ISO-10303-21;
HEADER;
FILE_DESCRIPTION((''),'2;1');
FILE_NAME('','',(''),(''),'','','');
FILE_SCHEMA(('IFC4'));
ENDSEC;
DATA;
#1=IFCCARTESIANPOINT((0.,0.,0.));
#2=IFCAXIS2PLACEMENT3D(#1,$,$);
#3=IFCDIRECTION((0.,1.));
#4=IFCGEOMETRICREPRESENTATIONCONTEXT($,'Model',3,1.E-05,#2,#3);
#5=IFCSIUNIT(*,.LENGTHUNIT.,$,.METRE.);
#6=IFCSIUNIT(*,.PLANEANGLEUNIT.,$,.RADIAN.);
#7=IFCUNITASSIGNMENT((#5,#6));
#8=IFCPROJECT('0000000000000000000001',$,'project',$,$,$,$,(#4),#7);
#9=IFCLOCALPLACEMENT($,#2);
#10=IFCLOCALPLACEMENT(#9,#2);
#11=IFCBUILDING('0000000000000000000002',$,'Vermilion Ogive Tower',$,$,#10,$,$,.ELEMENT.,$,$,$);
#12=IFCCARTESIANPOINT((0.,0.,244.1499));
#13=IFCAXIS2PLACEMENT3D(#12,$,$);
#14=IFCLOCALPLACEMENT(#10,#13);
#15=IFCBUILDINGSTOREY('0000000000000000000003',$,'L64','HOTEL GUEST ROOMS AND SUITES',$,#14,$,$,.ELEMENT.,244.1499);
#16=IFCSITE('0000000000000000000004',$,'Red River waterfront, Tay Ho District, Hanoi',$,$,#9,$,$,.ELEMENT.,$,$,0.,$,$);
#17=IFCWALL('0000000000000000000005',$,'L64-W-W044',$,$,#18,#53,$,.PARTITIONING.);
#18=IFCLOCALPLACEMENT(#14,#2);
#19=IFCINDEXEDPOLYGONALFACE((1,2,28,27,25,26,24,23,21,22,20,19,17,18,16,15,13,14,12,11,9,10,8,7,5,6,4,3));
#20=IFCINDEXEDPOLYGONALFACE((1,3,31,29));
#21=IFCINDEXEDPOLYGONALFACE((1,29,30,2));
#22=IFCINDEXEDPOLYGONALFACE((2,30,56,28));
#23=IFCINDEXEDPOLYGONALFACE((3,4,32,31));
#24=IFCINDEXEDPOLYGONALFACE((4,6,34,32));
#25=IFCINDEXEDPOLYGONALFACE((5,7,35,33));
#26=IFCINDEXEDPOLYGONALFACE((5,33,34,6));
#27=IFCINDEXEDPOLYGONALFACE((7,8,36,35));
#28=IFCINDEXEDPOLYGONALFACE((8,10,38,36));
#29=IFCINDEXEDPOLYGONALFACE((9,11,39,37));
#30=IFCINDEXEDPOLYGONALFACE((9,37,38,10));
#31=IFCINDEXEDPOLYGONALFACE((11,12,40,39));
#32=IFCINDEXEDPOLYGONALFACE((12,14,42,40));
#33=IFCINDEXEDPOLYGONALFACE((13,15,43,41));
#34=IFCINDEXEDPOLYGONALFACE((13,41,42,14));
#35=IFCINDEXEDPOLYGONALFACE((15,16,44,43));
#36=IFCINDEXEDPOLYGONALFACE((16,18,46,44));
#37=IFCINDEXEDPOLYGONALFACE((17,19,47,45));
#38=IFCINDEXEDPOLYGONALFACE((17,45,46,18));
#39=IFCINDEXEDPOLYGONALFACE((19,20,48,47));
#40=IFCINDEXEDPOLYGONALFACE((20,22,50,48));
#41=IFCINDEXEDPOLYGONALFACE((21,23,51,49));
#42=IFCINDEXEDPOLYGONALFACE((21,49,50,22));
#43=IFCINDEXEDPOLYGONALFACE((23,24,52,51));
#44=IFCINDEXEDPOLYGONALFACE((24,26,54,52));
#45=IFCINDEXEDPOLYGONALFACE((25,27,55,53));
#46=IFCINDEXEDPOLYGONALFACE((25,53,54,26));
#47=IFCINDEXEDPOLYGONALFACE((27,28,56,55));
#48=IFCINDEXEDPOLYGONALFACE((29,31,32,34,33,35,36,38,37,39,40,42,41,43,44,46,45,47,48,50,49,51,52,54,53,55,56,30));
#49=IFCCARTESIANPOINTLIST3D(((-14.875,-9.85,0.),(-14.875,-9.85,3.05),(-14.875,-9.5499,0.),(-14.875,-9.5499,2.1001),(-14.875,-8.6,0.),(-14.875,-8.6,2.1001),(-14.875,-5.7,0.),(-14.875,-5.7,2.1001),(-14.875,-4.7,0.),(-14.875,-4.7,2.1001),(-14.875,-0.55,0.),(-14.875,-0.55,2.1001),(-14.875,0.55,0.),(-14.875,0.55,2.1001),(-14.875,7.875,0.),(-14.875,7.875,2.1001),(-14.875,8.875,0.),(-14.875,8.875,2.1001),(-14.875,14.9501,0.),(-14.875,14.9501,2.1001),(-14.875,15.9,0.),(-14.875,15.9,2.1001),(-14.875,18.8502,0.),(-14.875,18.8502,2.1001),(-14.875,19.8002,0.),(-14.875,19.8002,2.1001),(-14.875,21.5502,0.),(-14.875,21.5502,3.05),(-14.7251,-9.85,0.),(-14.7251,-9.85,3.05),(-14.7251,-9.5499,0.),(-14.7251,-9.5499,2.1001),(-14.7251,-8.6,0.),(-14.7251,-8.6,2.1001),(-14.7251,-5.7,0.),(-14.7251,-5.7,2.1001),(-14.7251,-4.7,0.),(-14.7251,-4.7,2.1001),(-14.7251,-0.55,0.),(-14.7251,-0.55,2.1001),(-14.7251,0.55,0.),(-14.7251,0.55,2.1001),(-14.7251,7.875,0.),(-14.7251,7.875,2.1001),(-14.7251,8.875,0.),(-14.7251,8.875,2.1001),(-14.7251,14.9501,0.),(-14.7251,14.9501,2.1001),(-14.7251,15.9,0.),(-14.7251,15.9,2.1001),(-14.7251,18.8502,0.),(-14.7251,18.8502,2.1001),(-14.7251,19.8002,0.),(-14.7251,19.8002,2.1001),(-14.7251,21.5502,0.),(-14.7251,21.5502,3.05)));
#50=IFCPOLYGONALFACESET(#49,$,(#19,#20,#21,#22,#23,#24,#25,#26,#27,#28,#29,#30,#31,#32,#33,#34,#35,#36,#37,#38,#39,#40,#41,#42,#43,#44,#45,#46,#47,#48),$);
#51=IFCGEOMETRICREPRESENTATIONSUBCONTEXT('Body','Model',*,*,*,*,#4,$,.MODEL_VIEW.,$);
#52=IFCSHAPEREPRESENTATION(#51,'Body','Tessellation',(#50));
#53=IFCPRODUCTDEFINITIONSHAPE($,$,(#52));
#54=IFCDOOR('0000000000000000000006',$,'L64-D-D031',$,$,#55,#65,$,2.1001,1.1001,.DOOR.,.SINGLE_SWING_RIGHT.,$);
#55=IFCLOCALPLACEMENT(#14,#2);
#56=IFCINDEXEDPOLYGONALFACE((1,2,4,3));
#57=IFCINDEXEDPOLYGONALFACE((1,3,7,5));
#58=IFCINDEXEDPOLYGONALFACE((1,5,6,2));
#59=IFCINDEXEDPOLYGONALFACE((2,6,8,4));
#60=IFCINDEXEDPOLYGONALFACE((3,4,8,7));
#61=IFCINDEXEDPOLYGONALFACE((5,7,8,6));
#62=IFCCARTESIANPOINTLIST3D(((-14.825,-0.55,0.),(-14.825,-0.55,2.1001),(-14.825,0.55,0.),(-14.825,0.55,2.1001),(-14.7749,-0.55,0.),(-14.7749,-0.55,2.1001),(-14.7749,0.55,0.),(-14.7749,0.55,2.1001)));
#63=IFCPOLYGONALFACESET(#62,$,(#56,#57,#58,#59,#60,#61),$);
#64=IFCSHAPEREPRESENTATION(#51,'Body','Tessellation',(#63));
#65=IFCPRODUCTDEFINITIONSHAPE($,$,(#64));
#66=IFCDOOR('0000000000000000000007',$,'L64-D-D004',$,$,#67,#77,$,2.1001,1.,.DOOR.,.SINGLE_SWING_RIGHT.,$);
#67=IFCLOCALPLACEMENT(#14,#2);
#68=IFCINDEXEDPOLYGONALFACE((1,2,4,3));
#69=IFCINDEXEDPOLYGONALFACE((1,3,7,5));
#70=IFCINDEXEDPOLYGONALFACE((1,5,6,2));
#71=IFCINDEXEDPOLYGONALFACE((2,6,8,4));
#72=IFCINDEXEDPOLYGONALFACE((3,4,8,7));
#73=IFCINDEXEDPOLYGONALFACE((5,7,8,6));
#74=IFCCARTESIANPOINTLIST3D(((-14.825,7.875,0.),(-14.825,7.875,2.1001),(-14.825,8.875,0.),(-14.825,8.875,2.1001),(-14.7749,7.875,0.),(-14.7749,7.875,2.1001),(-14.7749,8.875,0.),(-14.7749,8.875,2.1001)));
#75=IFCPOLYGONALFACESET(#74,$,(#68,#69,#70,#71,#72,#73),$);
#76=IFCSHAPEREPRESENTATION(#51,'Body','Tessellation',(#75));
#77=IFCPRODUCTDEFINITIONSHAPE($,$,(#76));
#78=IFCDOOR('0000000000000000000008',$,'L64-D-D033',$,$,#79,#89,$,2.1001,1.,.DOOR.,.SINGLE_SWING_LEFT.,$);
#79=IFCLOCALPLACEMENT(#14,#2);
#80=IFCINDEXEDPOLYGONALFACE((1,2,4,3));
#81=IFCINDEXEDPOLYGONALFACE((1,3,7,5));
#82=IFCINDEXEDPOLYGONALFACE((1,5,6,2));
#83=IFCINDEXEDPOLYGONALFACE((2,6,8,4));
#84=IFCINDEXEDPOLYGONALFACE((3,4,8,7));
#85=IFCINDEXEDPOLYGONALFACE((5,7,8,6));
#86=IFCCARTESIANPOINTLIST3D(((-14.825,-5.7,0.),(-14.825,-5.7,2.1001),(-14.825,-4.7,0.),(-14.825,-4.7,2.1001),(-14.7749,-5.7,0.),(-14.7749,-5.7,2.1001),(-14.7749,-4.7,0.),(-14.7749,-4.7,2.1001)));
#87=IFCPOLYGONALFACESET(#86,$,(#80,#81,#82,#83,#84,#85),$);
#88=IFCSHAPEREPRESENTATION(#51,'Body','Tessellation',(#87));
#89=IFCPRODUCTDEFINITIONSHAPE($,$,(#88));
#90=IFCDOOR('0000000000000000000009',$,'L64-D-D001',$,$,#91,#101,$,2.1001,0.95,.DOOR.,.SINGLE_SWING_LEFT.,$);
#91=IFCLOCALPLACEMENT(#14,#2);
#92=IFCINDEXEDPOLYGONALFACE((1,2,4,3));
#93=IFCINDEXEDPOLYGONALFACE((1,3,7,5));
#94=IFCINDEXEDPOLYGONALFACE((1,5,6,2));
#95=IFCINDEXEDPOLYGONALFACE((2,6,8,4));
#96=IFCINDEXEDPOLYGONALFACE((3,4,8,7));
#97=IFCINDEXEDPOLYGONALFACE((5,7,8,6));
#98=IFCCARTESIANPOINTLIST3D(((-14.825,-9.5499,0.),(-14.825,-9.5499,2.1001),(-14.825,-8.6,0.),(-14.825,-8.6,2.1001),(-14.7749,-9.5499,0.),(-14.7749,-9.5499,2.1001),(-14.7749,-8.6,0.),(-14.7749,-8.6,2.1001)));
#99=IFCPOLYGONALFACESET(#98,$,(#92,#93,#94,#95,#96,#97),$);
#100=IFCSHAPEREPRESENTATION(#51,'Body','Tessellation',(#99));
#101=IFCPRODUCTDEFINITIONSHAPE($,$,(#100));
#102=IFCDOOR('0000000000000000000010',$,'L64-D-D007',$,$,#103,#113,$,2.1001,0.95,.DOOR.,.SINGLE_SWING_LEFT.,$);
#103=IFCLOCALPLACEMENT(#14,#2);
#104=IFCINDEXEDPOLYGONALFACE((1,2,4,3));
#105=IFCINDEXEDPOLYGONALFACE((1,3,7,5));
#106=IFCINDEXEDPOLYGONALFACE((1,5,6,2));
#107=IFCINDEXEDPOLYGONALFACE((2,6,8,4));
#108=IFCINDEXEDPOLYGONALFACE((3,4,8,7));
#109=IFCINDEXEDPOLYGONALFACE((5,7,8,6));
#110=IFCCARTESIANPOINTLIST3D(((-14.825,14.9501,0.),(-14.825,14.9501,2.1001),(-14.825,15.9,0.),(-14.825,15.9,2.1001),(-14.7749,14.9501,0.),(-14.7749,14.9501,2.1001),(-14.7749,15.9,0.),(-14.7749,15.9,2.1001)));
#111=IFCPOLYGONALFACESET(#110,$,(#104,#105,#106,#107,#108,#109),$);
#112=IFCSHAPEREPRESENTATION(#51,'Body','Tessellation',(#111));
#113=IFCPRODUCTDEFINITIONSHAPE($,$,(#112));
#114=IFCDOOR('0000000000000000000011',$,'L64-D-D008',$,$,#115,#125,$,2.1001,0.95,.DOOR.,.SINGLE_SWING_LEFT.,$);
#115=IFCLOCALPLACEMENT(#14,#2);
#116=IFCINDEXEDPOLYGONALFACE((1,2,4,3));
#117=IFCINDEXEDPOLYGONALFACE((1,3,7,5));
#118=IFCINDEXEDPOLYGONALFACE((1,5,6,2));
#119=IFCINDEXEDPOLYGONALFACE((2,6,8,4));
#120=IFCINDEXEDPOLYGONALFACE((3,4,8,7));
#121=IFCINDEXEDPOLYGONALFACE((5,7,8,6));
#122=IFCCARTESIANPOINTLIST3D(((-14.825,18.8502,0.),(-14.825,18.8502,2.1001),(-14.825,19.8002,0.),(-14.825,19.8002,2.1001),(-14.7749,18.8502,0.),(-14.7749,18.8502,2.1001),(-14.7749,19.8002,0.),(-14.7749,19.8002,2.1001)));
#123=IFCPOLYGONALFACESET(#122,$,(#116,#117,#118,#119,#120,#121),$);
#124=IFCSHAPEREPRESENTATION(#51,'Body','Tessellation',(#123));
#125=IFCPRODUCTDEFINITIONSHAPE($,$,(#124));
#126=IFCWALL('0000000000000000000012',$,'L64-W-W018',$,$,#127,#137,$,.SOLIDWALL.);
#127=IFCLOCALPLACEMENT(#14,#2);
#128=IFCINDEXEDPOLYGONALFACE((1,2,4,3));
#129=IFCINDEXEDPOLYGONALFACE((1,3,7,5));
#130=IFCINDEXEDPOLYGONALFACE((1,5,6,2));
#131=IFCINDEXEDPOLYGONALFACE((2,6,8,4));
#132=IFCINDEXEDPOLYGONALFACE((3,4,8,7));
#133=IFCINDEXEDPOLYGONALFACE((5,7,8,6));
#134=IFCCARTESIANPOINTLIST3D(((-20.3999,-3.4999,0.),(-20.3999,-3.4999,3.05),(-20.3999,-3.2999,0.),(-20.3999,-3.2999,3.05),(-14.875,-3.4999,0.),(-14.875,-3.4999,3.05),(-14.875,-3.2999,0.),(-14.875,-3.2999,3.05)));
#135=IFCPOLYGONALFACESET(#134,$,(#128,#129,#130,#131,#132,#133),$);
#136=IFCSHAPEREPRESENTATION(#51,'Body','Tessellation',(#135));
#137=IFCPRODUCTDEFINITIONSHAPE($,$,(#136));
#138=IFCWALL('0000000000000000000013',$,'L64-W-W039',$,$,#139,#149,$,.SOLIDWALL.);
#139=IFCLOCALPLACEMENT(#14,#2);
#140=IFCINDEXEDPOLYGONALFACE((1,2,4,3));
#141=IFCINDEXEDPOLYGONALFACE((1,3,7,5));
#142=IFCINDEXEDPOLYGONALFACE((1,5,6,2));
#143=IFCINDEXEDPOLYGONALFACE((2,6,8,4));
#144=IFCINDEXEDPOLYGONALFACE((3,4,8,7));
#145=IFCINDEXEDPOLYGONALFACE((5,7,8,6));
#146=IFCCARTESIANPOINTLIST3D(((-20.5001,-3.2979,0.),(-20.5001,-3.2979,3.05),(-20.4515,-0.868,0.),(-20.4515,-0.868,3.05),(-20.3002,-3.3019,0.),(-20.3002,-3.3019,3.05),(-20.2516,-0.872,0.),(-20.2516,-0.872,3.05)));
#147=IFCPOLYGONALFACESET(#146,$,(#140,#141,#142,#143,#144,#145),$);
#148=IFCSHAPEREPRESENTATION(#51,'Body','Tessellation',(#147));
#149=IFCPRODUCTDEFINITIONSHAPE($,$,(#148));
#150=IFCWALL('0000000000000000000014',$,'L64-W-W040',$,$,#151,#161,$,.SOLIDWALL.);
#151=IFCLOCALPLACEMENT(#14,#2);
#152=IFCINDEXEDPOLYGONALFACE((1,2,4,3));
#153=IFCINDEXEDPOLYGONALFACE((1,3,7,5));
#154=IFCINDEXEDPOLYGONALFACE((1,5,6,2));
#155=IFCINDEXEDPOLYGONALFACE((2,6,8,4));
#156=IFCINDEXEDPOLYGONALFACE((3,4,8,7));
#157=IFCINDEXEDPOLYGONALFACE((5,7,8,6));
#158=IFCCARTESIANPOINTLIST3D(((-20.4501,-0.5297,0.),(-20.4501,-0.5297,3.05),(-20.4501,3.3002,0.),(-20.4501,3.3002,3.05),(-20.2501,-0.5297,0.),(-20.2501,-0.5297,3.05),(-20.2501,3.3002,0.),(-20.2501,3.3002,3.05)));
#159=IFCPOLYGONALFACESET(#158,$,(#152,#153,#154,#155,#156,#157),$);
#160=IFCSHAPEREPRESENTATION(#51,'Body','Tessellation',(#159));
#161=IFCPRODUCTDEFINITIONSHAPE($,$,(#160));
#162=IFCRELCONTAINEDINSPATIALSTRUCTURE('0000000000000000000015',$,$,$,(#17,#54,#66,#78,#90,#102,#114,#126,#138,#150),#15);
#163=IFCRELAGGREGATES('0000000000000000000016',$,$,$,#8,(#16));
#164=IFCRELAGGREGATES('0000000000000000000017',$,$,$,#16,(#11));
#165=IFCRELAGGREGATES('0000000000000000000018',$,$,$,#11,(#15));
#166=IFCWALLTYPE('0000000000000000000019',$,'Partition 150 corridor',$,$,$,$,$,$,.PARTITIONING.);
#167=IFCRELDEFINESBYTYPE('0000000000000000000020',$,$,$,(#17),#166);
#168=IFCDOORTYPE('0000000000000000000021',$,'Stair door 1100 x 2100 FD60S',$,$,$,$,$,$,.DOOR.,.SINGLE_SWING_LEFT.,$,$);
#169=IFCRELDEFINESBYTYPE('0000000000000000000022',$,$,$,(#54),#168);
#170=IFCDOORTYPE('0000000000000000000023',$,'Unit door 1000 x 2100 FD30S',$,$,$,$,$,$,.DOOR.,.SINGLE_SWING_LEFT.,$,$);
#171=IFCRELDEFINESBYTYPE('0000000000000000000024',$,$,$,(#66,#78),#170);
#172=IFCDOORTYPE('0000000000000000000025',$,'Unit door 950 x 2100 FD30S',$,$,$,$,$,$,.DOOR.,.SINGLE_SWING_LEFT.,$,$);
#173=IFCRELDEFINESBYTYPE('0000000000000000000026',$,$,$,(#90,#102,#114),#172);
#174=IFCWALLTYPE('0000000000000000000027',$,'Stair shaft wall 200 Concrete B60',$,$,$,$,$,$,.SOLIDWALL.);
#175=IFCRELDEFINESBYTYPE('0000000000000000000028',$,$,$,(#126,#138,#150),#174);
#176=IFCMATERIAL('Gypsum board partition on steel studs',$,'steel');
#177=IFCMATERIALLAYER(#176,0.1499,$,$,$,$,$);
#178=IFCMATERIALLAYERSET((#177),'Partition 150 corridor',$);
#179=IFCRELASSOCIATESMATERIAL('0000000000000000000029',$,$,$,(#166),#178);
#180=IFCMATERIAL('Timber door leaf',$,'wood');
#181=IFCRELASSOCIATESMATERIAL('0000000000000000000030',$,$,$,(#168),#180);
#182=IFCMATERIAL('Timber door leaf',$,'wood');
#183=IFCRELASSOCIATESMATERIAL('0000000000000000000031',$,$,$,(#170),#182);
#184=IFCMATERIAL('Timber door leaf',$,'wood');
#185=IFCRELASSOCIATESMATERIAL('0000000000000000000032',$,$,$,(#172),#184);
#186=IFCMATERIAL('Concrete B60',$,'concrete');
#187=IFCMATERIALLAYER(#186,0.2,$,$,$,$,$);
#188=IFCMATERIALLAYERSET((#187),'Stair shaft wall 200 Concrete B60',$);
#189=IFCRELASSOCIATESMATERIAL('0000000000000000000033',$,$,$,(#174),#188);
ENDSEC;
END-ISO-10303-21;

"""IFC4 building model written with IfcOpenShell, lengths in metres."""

from ifc_helpers import new_model, si_unit, direction, frame, frame_2d, origin, place, context, subcontext, project, spatial, rectangle, extrude, material, layer, layer_set, type_object, element, fill, save


model = new_model("IFC4")

# Units and contexts
model_context = context("Model", 3, precision=1e-05, world=origin(), true_north=direction((0.0, 1.0)))
body_context = subcontext(model_context, "Body", "Model", "MODEL_VIEW")
ifc_project = project(units=[si_unit("LENGTHUNIT", "METRE"), si_unit("PLANEANGLEUNIT", "RADIAN")], contexts=[model_context])

# Site, building, storey
site_placement = place(None, origin())
site = spatial("IfcSite", under=ifc_project, at=site_placement, Name="Red River waterfront, Tay Ho District, Hanoi", CompositionType="ELEMENT", RefElevation=0.0)
building_placement = place(site_placement, origin())
building = spatial("IfcBuilding", under=site, at=building_placement, Name="Vermilion Ogive Tower", CompositionType="ELEMENT")
storey_placement = place(building_placement, frame((0.0, 0.0, 244.1499)))
storey = spatial("IfcBuildingStorey", under=building, at=storey_placement, Name="L64", Description="HOTEL GUEST ROOMS AND SUITES", CompositionType="ELEMENT", Elevation=244.1499)

# Wall, openings, doors
ifc_material_1 = material(Name="Gypsum board partition on steel studs", Category="steel")
ifc_layer_1 = layer(ifc_material_1, 0.1499)
ifc_layer_set_1 = layer_set([ifc_layer_1], Name="Partition 150 corridor")
wall_type_1 = type_object("IfcWallType", Name="Partition 150 corridor", PredefinedType="PARTITIONING", material=ifc_layer_set_1)
wall_1_placement = place(storey_placement, frame((-14.8, -9.8501, 0.0), z_axis=(0.0, 0.0, 1.0), x_axis=(0.0, 1.0, 0.0)))
wall_1 = element("IfcWall", 1, at=wall_1_placement, inside=storey, type_object=wall_type_1, Name="L64-W-W044", PredefinedType="PARTITIONING", context=body_context, shape_type="SweptSolid", body=[
    extrude(rectangle(XDim=31.4001, YDim=0.1499, at=frame_2d((15.7002, 0.0))), origin(), (0.0, 0.0, 1.0), 3.05),
])
opening_1_placement = place(wall_1_placement, frame((0.3, 0.0, 0.0)))
opening_1 = element("IfcOpeningElement", 2, at=opening_1_placement, cuts=wall_1, PredefinedType="OPENING", context=body_context, shape_type="SweptSolid", body=[
    extrude(rectangle(XDim=0.95, YDim=2.1001, at=frame_2d((0.4751, 1.05))), frame((0.0, 0.085, 0.0), z_axis=(0.0, -1.0, 0.0), x_axis=(1.0, 0.0, 0.0)), (0.0, 0.0, 1.0), 0.1699),
])
opening_2_placement = place(wall_1_placement, frame((17.7251, 0.0, 0.0)))
opening_2 = element("IfcOpeningElement", 3, at=opening_2_placement, cuts=wall_1, PredefinedType="OPENING", context=body_context, shape_type="SweptSolid", body=[
    extrude(rectangle(XDim=1.0, YDim=2.1001, at=frame_2d((0.5, 1.05))), frame((0.0, 0.085, 0.0), z_axis=(0.0, -1.0, 0.0), x_axis=(1.0, 0.0, 0.0)), (0.0, 0.0, 1.0), 0.1699),
])
opening_3_placement = place(wall_1_placement, frame((24.8, 0.0, 0.0)))
opening_3 = element("IfcOpeningElement", 4, at=opening_3_placement, cuts=wall_1, PredefinedType="OPENING", context=body_context, shape_type="SweptSolid", body=[
    extrude(rectangle(XDim=0.95, YDim=2.1001, at=frame_2d((0.4751, 1.05))), frame((0.0, 0.085, 0.0), z_axis=(0.0, -1.0, 0.0), x_axis=(1.0, 0.0, 0.0)), (0.0, 0.0, 1.0), 0.1699),
])
opening_4_placement = place(wall_1_placement, frame((28.7002, 0.0, 0.0)))
opening_4 = element("IfcOpeningElement", 5, at=opening_4_placement, cuts=wall_1, PredefinedType="OPENING", context=body_context, shape_type="SweptSolid", body=[
    extrude(rectangle(XDim=0.95, YDim=2.1001, at=frame_2d((0.4751, 1.05))), frame((0.0, 0.085, 0.0), z_axis=(0.0, -1.0, 0.0), x_axis=(1.0, 0.0, 0.0)), (0.0, 0.0, 1.0), 0.1699),
])
opening_5_placement = place(wall_1_placement, frame((9.3, 0.0, 0.0)))
opening_5 = element("IfcOpeningElement", 6, at=opening_5_placement, cuts=wall_1, PredefinedType="OPENING", context=body_context, shape_type="SweptSolid", body=[
    extrude(rectangle(XDim=1.1001, YDim=2.1001, at=frame_2d((0.55, 1.05))), frame((0.0, 0.085, 0.0), z_axis=(0.0, -1.0, 0.0), x_axis=(1.0, 0.0, 0.0)), (0.0, 0.0, 1.0), 0.1699),
])
opening_6_placement = place(wall_1_placement, frame((4.1501, 0.0, 0.0)))
opening_6 = element("IfcOpeningElement", 7, at=opening_6_placement, cuts=wall_1, PredefinedType="OPENING", context=body_context, shape_type="SweptSolid", body=[
    extrude(rectangle(XDim=1.0, YDim=2.1001, at=frame_2d((0.5, 1.05))), frame((0.0, 0.085, 0.0), z_axis=(0.0, -1.0, 0.0), x_axis=(1.0, 0.0, 0.0)), (0.0, 0.0, 1.0), 0.1699),
])
ifc_material_2 = material(Name="Timber door leaf", Category="wood")
door_type_1 = type_object("IfcDoorType", Name="Stair door 1100 x 2100 FD60S", OperationType="SINGLE_SWING_LEFT", PredefinedType="DOOR", material=ifc_material_2)
door_1_placement = place(opening_5_placement, origin())
door_1 = element("IfcDoor", 8, at=door_1_placement, inside=storey, type_object=door_type_1, Name="L64-D-D031", OperationType="SINGLE_SWING_RIGHT", OverallHeight=2.1001, OverallWidth=1.1001, PredefinedType="DOOR", context=body_context, shape_type="SweptSolid", body=[
    extrude(rectangle(XDim=1.1001, YDim=2.1001, at=frame_2d((0.55, 1.05))), frame((0.0, 0.0249, 0.0), z_axis=(0.0, -1.0, 0.0), x_axis=(1.0, 0.0, 0.0)), (0.0, 0.0, 1.0), 0.05),
])
fill(opening_5, door_1)
ifc_material_3 = material(Name="Timber door leaf", Category="wood")
door_type_2 = type_object("IfcDoorType", Name="Unit door 1000 x 2100 FD30S", OperationType="SINGLE_SWING_LEFT", PredefinedType="DOOR", material=ifc_material_3)
door_2_placement = place(opening_2_placement, origin())
door_2 = element("IfcDoor", 9, at=door_2_placement, inside=storey, type_object=door_type_2, Name="L64-D-D004", OperationType="SINGLE_SWING_RIGHT", OverallHeight=2.1001, OverallWidth=1.0, PredefinedType="DOOR", context=body_context, shape_type="SweptSolid", body=[
    extrude(rectangle(XDim=1.0, YDim=2.1001, at=frame_2d((0.5, 1.05))), frame((0.0, 0.0249, 0.0), z_axis=(0.0, -1.0, 0.0), x_axis=(1.0, 0.0, 0.0)), (0.0, 0.0, 1.0), 0.05),
])
fill(opening_2, door_2)
door_3_placement = place(opening_6_placement, origin())
door_3 = element("IfcDoor", 10, at=door_3_placement, inside=storey, type_object=door_type_2, Name="L64-D-D033", OperationType="SINGLE_SWING_LEFT", OverallHeight=2.1001, OverallWidth=1.0, PredefinedType="DOOR", context=body_context, shape_type="SweptSolid", body=[
    extrude(rectangle(XDim=1.0, YDim=2.1001, at=frame_2d((0.5, 1.05))), frame((0.0, 0.0249, 0.0), z_axis=(0.0, -1.0, 0.0), x_axis=(1.0, 0.0, 0.0)), (0.0, 0.0, 1.0), 0.05),
])
fill(opening_6, door_3)
ifc_material_4 = material(Name="Timber door leaf", Category="wood")
door_type_3 = type_object("IfcDoorType", Name="Unit door 950 x 2100 FD30S", OperationType="SINGLE_SWING_LEFT", PredefinedType="DOOR", material=ifc_material_4)
door_4_placement = place(opening_1_placement, origin())
door_4 = element("IfcDoor", 11, at=door_4_placement, inside=storey, type_object=door_type_3, Name="L64-D-D001", OperationType="SINGLE_SWING_LEFT", OverallHeight=2.1001, OverallWidth=0.95, PredefinedType="DOOR", context=body_context, shape_type="SweptSolid", body=[
    extrude(rectangle(XDim=0.95, YDim=2.1001, at=frame_2d((0.4751, 1.05))), frame((0.0, 0.0249, 0.0), z_axis=(0.0, -1.0, 0.0), x_axis=(1.0, 0.0, 0.0)), (0.0, 0.0, 1.0), 0.05),
])
fill(opening_1, door_4)
door_5_placement = place(opening_3_placement, origin())
door_5 = element("IfcDoor", 12, at=door_5_placement, inside=storey, type_object=door_type_3, Name="L64-D-D007", OperationType="SINGLE_SWING_LEFT", OverallHeight=2.1001, OverallWidth=0.95, PredefinedType="DOOR", context=body_context, shape_type="SweptSolid", body=[
    extrude(rectangle(XDim=0.95, YDim=2.1001, at=frame_2d((0.4751, 1.05))), frame((0.0, 0.0249, 0.0), z_axis=(0.0, -1.0, 0.0), x_axis=(1.0, 0.0, 0.0)), (0.0, 0.0, 1.0), 0.05),
])
fill(opening_3, door_5)
door_6_placement = place(opening_4_placement, origin())
door_6 = element("IfcDoor", 13, at=door_6_placement, inside=storey, type_object=door_type_3, Name="L64-D-D008", OperationType="SINGLE_SWING_LEFT", OverallHeight=2.1001, OverallWidth=0.95, PredefinedType="DOOR", context=body_context, shape_type="SweptSolid", body=[
    extrude(rectangle(XDim=0.95, YDim=2.1001, at=frame_2d((0.4751, 1.05))), frame((0.0, 0.0249, 0.0), z_axis=(0.0, -1.0, 0.0), x_axis=(1.0, 0.0, 0.0)), (0.0, 0.0, 1.0), 0.05),
])
fill(opening_4, door_6)

# Walls
ifc_material_5 = material(Name="Concrete B60", Category="concrete")
ifc_layer_2 = layer(ifc_material_5, 0.2)
ifc_layer_set_2 = layer_set([ifc_layer_2], Name="Stair shaft wall 200 Concrete B60")
wall_type_2 = type_object("IfcWallType", Name="Stair shaft wall 200 Concrete B60", PredefinedType="SOLIDWALL", material=ifc_layer_set_2)
wall_2_placement = place(storey_placement, frame((-20.3999, -3.3999, 0.0), z_axis=(0.0, 0.0, 1.0), x_axis=(1.0, 0.0, 0.0)))
element("IfcWall", 14, at=wall_2_placement, inside=storey, type_object=wall_type_2, Name="L64-W-W018", PredefinedType="SOLIDWALL", context=body_context, shape_type="SweptSolid", body=[
    extrude(rectangle(XDim=5.5249, YDim=0.2, at=frame_2d((2.7625, 0.0))), origin(), (0.0, 0.0, 1.0), 3.05),
])
wall_3_placement = place(storey_placement, frame((-20.4001, -3.3, 0.0), z_axis=(0.0, 0.0, 1.0), x_axis=(0.01999, 0.9998, 0.0)))
element("IfcWall", 15, at=wall_3_placement, inside=storey, type_object=wall_type_2, Name="L64-W-W039", PredefinedType="SOLIDWALL", context=body_context, shape_type="SweptSolid", body=[
    extrude(rectangle(XDim=2.4304, YDim=0.2, at=frame_2d((1.2153, 0.0))), origin(), (0.0, 0.0, 1.0), 3.05),
])
wall_4_placement = place(storey_placement, frame((-20.3501, -0.5298, 0.0), z_axis=(0.0, 0.0, 1.0), x_axis=(0.0, 1.0, 0.0)))
element("IfcWall", 16, at=wall_4_placement, inside=storey, type_object=wall_type_2, Name="L64-W-W040", PredefinedType="SOLIDWALL", context=body_context, shape_type="SweptSolid", body=[
    extrude(rectangle(XDim=3.8298, YDim=0.2, at=frame_2d((1.915, 0.0))), origin(), (0.0, 0.0, 1.0), 3.05),
])

save(model, "model.ifc")
